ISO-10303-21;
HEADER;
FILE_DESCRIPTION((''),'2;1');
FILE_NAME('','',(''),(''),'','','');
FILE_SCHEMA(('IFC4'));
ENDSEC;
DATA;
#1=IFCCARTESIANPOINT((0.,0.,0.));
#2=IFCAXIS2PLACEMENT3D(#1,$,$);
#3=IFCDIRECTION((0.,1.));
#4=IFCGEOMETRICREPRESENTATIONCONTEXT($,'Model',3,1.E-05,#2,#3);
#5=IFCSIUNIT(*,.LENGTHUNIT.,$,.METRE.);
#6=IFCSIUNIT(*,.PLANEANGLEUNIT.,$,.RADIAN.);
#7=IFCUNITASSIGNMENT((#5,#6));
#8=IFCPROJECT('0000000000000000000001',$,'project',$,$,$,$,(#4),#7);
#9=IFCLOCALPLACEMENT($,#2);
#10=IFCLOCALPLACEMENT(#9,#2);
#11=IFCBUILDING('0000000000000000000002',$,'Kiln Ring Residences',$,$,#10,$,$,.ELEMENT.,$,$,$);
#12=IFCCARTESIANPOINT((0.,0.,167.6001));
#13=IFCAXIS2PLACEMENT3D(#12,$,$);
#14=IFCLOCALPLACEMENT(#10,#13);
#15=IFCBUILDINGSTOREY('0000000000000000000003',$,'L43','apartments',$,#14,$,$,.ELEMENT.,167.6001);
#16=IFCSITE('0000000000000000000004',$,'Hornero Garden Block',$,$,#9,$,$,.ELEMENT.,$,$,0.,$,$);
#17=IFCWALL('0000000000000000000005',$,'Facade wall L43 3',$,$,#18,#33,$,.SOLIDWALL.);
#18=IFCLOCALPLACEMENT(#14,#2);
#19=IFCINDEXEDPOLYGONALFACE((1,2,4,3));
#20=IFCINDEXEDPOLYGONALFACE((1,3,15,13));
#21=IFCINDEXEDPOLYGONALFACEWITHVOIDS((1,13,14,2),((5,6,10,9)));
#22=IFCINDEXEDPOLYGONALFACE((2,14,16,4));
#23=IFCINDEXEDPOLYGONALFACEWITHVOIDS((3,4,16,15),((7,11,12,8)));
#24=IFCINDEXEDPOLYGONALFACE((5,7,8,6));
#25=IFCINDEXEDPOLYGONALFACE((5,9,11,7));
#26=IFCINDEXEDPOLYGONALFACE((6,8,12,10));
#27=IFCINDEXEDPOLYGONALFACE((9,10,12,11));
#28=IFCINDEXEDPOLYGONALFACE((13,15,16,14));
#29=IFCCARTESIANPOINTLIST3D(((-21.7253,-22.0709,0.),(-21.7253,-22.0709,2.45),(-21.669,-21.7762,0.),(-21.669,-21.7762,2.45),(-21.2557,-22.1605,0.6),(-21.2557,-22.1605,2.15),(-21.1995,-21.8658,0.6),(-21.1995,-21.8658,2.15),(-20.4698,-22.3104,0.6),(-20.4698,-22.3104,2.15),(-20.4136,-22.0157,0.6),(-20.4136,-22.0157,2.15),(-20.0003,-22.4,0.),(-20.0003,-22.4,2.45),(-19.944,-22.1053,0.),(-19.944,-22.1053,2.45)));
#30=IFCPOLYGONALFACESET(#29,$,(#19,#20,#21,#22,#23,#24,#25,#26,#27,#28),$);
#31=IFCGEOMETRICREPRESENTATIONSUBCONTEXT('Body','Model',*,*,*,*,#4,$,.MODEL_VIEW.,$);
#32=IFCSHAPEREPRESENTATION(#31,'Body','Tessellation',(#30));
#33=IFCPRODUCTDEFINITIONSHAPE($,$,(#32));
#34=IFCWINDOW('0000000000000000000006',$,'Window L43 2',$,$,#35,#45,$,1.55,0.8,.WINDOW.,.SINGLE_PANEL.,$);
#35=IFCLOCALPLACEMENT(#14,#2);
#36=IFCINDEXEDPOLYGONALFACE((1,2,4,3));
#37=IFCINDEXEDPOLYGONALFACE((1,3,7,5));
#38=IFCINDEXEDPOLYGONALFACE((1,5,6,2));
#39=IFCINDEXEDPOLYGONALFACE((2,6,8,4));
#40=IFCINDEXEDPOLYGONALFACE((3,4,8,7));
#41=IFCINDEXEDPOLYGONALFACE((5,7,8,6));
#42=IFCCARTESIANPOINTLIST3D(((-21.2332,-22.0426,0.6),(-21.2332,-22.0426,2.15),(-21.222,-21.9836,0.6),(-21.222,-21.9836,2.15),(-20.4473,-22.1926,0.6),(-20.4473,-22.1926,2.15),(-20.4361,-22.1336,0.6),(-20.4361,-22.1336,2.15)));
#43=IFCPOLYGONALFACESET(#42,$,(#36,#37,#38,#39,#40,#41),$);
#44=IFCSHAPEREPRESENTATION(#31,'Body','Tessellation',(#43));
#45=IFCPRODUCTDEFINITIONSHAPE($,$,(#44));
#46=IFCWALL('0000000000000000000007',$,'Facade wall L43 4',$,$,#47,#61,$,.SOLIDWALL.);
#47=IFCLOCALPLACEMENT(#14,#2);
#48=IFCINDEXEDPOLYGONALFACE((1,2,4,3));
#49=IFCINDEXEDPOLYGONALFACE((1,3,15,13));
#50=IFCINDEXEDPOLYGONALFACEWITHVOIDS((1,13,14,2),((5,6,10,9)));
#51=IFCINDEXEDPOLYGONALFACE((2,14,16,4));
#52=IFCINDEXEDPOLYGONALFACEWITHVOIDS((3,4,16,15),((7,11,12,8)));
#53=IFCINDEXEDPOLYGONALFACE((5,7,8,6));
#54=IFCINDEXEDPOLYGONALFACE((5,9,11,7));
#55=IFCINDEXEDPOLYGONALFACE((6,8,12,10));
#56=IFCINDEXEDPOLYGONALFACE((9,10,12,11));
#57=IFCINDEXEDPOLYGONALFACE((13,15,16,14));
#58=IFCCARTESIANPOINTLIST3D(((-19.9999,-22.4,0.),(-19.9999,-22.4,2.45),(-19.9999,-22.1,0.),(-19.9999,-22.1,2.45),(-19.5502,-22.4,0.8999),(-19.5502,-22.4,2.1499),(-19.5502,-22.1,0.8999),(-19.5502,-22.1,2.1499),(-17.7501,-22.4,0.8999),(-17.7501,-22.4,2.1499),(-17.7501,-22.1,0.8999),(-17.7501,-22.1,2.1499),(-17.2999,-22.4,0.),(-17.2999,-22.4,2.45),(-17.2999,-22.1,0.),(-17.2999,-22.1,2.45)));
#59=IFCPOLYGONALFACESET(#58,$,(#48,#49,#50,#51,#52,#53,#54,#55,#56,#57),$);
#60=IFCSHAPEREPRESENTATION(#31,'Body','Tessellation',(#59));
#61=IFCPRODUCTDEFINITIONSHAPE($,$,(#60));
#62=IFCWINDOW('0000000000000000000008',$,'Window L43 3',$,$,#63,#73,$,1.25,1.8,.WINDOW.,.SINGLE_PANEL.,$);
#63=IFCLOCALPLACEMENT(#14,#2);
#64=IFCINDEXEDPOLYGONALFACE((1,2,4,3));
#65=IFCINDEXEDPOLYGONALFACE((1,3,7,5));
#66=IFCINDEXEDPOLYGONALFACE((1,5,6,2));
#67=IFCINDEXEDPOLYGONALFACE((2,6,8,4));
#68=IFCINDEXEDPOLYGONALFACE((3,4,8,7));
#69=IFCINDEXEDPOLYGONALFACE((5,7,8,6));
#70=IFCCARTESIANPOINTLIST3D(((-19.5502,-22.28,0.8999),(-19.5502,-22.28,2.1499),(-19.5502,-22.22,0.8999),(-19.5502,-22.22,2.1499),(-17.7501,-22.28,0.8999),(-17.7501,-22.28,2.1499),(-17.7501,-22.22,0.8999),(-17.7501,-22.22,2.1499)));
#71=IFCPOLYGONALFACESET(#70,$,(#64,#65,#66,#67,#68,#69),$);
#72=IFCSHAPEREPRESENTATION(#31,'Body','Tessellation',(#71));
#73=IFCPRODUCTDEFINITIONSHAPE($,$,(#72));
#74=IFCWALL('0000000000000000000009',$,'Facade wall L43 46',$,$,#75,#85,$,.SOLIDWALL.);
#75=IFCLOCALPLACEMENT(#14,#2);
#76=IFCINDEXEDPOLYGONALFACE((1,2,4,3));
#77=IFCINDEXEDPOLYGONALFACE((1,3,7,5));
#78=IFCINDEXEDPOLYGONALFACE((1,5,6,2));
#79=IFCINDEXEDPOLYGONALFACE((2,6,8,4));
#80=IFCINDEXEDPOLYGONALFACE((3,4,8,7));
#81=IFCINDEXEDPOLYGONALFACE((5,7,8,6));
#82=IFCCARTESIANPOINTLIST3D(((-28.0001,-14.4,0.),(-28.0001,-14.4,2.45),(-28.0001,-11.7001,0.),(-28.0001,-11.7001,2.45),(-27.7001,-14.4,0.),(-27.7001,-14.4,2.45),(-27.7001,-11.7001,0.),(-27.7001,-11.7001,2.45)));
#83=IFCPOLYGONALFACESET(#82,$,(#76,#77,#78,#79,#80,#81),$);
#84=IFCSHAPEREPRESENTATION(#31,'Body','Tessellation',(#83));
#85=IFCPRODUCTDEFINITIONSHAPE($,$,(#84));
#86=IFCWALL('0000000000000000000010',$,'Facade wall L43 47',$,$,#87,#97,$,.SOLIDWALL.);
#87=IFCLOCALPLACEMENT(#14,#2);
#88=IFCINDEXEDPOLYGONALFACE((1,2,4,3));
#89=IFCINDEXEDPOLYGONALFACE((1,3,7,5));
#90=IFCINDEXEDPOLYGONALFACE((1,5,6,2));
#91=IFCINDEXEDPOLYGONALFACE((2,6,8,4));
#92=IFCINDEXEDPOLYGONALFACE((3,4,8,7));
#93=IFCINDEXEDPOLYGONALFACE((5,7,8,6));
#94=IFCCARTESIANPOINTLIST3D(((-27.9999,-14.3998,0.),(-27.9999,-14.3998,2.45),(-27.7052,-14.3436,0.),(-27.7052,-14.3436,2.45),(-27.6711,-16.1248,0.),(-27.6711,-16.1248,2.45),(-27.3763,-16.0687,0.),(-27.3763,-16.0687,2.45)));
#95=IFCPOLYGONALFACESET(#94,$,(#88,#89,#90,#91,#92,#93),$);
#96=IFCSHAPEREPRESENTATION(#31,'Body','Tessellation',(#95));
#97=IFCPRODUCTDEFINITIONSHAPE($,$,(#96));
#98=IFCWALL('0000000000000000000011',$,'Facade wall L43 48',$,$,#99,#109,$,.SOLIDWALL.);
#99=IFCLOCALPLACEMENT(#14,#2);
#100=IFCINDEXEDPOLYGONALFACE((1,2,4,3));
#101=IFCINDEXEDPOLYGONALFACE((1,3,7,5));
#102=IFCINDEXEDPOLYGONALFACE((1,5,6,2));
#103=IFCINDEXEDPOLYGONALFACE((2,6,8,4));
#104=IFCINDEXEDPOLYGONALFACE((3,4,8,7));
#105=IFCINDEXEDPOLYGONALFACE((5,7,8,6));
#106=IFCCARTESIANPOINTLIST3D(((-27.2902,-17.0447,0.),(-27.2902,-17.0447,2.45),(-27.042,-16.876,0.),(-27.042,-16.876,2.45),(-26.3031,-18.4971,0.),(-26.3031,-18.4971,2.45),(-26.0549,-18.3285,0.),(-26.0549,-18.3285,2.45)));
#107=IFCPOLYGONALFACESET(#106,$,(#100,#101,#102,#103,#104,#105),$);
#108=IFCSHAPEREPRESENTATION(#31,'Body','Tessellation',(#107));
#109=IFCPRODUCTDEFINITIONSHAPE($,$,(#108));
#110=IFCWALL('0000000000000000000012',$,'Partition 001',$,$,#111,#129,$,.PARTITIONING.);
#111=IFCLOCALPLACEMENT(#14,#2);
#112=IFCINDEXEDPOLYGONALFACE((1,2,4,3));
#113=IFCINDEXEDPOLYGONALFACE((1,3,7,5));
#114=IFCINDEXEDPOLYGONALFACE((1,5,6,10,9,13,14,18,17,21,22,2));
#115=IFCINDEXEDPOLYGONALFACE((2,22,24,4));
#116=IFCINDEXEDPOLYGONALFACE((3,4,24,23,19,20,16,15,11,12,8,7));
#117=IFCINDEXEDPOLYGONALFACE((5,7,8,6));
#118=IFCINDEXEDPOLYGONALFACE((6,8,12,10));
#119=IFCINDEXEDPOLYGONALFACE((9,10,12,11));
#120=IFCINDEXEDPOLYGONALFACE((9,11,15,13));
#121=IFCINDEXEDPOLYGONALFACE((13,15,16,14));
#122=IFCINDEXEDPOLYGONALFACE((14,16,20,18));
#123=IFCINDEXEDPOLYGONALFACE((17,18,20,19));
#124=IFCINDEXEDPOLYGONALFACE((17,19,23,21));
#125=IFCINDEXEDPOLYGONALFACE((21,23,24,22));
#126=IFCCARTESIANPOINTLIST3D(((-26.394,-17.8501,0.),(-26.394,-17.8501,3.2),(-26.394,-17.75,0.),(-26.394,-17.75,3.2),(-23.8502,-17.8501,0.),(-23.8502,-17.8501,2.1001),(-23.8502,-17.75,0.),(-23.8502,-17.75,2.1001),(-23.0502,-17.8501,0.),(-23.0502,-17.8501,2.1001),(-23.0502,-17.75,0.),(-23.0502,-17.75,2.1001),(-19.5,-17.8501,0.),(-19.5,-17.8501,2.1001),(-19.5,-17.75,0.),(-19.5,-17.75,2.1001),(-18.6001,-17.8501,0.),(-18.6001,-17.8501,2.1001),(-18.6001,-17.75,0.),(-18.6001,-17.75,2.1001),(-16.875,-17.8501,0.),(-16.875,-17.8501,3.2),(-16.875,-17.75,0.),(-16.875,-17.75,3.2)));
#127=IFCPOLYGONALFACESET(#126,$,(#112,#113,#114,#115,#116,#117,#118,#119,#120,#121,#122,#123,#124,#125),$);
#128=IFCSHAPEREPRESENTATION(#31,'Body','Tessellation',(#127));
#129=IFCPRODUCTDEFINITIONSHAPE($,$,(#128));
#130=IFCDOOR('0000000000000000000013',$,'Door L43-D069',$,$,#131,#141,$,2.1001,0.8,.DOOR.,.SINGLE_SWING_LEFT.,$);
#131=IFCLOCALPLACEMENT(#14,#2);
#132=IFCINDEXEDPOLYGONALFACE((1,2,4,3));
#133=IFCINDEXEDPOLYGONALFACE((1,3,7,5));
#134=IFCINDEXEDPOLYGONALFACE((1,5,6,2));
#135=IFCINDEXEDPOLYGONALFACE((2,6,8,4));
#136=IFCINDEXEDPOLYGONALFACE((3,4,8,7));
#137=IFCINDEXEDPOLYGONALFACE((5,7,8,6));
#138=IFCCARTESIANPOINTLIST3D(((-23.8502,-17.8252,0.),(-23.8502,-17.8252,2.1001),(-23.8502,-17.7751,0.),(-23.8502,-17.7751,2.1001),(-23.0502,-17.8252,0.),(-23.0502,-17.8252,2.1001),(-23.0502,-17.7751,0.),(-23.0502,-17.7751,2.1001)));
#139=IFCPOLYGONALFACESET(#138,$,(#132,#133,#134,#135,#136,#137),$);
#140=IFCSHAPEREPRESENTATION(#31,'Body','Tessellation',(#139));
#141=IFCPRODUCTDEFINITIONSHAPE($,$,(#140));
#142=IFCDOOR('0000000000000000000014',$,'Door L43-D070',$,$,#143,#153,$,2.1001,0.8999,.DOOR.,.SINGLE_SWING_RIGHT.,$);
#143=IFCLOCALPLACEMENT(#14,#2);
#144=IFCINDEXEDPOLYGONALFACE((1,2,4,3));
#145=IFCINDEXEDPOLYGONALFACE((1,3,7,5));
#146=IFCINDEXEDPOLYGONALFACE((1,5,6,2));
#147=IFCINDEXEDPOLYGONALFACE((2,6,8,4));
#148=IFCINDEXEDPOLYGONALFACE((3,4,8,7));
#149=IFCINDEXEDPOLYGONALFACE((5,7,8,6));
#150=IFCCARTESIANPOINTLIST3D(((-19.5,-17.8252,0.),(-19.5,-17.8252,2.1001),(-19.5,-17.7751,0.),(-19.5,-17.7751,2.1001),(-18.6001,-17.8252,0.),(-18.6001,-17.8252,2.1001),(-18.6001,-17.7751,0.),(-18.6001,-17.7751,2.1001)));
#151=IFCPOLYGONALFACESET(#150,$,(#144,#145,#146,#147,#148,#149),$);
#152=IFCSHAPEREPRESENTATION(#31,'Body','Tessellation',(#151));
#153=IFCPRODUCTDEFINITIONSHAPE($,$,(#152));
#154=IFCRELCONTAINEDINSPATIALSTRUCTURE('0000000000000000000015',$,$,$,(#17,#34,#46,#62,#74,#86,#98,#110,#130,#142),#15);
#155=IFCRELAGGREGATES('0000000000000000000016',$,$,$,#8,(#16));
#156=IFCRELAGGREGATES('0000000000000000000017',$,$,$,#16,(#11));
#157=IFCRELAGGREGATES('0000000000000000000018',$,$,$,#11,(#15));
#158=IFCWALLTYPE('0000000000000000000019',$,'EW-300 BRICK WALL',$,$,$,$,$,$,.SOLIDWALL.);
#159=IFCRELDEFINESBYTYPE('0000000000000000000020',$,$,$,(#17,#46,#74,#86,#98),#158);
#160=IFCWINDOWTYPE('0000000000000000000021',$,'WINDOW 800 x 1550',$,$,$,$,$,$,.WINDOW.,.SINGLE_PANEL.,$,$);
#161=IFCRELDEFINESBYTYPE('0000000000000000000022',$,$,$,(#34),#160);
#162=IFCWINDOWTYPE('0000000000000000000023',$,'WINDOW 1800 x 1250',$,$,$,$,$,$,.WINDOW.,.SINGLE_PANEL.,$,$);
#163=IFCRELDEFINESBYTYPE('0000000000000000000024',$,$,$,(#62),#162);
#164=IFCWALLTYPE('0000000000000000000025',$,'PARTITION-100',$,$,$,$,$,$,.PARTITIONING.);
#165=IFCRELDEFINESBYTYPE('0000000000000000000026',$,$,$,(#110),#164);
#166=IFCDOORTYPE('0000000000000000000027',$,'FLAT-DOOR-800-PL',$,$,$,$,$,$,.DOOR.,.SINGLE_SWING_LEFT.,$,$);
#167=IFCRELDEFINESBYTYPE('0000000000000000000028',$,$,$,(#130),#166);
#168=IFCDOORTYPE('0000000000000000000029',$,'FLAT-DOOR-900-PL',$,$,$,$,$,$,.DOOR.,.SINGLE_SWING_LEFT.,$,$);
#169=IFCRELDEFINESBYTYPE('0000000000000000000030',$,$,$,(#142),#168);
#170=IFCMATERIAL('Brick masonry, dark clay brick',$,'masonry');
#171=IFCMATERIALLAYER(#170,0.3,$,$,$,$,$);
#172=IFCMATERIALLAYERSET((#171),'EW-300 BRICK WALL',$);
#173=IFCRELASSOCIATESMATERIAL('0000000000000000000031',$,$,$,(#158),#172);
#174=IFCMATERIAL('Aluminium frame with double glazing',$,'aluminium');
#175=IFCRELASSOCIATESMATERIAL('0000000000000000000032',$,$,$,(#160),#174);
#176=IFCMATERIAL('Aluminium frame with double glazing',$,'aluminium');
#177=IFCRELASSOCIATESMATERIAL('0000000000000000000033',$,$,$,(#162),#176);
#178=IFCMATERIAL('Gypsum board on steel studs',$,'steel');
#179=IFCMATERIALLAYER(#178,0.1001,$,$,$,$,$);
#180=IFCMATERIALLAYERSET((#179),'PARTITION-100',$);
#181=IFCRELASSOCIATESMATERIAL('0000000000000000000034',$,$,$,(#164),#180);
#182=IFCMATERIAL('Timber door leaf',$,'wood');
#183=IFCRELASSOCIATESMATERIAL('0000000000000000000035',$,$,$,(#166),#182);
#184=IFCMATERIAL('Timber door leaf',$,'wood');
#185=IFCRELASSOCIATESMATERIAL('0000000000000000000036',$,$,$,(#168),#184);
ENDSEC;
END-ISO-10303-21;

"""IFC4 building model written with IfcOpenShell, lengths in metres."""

from ifc_helpers import new_model, si_unit, direction, frame, frame_2d, origin, place, context, subcontext, project, spatial, rectangle, extrude, material, layer, layer_set, type_object, element, fill, save


model = new_model("IFC4")

# Units and contexts
model_context = context("Model", 3, precision=1e-05, world=origin(), true_north=direction((0.0, 1.0)))
body_context = subcontext(model_context, "Body", "Model", "MODEL_VIEW")
ifc_project = project(units=[si_unit("LENGTHUNIT", "METRE"), si_unit("PLANEANGLEUNIT", "RADIAN")], contexts=[model_context])

# Site, building, storey
site_placement = place(None, origin())
site = spatial("IfcSite", under=ifc_project, at=site_placement, Name="Hornero Garden Block", CompositionType="ELEMENT", RefElevation=0.0)
building_placement = place(site_placement, origin())
building = spatial("IfcBuilding", under=site, at=building_placement, Name="Kiln Ring Residences", CompositionType="ELEMENT")
storey_placement = place(building_placement, frame((0.0, 0.0, 167.6001)))
storey = spatial("IfcBuildingStorey", under=building, at=storey_placement, Name="L43", Description="apartments", CompositionType="ELEMENT", Elevation=167.6001)

# Shared definitions
ifc_material_1 = material(Name="Brick masonry, dark clay brick", Category="masonry")
ifc_layer_1 = layer(ifc_material_1, 0.3)
ifc_layer_set_1 = layer_set([ifc_layer_1], Name="EW-300 BRICK WALL")
wall_type_1 = type_object("IfcWallType", Name="EW-300 BRICK WALL", PredefinedType="SOLIDWALL", material=ifc_layer_set_1)

# Walls, openings, windows
wall_1_placement = place(storey_placement, frame((-21.697, -21.9236, 0.0), z_axis=(0.0, 0.0, 1.0), x_axis=(0.982285, -0.187393, 0.0)))
wall_1 = element("IfcWall", 1, at=wall_1_placement, inside=storey, type_object=wall_type_1, Name="Facade wall L43 3", PredefinedType="SOLIDWALL", context=body_context, shape_type="SweptSolid", body=[
    extrude(rectangle(XDim=1.7561, YDim=0.3, at=frame_2d((0.8779, 0.0))), origin(), (0.0, 0.0, 1.0), 2.45),
])
opening_1_placement = place(wall_1_placement, frame((0.478, 0.0, 0.6001)))
opening_1 = element("IfcOpeningElement", 2, at=opening_1_placement, cuts=wall_1, PredefinedType="OPENING", context=body_context, shape_type="SweptSolid", body=[
    extrude(rectangle(XDim=0.8, YDim=1.55, at=frame_2d((0.3999, 0.7749))), frame((0.0, 0.1599, 0.0), z_axis=(0.0, -1.0, 0.0), x_axis=(1.0, 0.0, 0.0)), (0.0, 0.0, 1.0), 0.3201),
])
ifc_material_2 = material(Name="Aluminium frame with double glazing", Category="aluminium")
window_type_1 = type_object("IfcWindowType", Name="WINDOW 800 x 1550", PartitioningType="SINGLE_PANEL", PredefinedType="WINDOW", material=ifc_material_2)
window_1_placement = place(opening_1_placement, origin())
window_1 = element("IfcWindow", 3, at=window_1_placement, inside=storey, type_object=window_type_1, Name="Window L43 2", OverallHeight=1.55, OverallWidth=0.8, PartitioningType="SINGLE_PANEL", PredefinedType="WINDOW", context=body_context, shape_type="SweptSolid", body=[
    extrude(rectangle(XDim=0.8, YDim=1.55, at=frame_2d((0.3999, 0.7749))), frame((0.0, 0.03, 0.0), z_axis=(0.0, -1.0, 0.0), x_axis=(1.0, 0.0, 0.0)), (0.0, 0.0, 1.0), 0.0601),
])
fill(opening_1, window_1)
wall_2_placement = place(storey_placement, frame((-20.0, -22.25, 0.0), z_axis=(0.0, 0.0, 1.0), x_axis=(1.0, 0.0, 0.0)))
wall_2 = element("IfcWall", 4, at=wall_2_placement, inside=storey, type_object=wall_type_1, Name="Facade wall L43 4", PredefinedType="SOLIDWALL", context=body_context, shape_type="SweptSolid", body=[
    extrude(rectangle(XDim=2.7, YDim=0.3, at=frame_2d((1.3501, 0.0))), origin(), (0.0, 0.0, 1.0), 2.45),
])
opening_2_placement = place(wall_2_placement, frame((0.45, 0.0, 0.8999)))
opening_2 = element("IfcOpeningElement", 5, at=opening_2_placement, cuts=wall_2, PredefinedType="OPENING", context=body_context, shape_type="SweptSolid", body=[
    extrude(rectangle(XDim=1.8, YDim=1.25, at=frame_2d((0.8999, 0.625))), frame((0.0, 0.1599, 0.0), z_axis=(0.0, -1.0, 0.0), x_axis=(1.0, 0.0, 0.0)), (0.0, 0.0, 1.0), 0.3201),
])
ifc_material_3 = material(Name="Aluminium frame with double glazing", Category="aluminium")
window_type_2 = type_object("IfcWindowType", Name="WINDOW 1800 x 1250", PartitioningType="SINGLE_PANEL", PredefinedType="WINDOW", material=ifc_material_3)
window_2_placement = place(opening_2_placement, origin())
window_2 = element("IfcWindow", 6, at=window_2_placement, inside=storey, type_object=window_type_2, Name="Window L43 3", OverallHeight=1.25, OverallWidth=1.8, PartitioningType="SINGLE_PANEL", PredefinedType="WINDOW", context=body_context, shape_type="SweptSolid", body=[
    extrude(rectangle(XDim=1.8, YDim=1.25, at=frame_2d((0.8999, 0.625))), frame((0.0, 0.03, 0.0), z_axis=(0.0, -1.0, 0.0), x_axis=(1.0, 0.0, 0.0)), (0.0, 0.0, 1.0), 0.0601),
])
fill(opening_2, window_2)

# Walls
wall_3_placement = place(storey_placement, frame((-27.8501, -11.7, 0.0), z_axis=(0.0, 0.0, 1.0), x_axis=(0.0, -1.0, 0.0)))
element("IfcWall", 7, at=wall_3_placement, inside=storey, type_object=wall_type_1, Name="Facade wall L43 46", PredefinedType="SOLIDWALL", context=body_context, shape_type="SweptSolid", body=[
    extrude(rectangle(XDim=2.7, YDim=0.3, at=frame_2d((1.3501, 0.0))), origin(), (0.0, 0.0, 1.0), 2.45),
])
for number, where, z_axis, x_axis, name in (
    (8, (-27.8525, -14.3718, 0.0), (0.0, 0.0, 1.0), (0.187259, -0.982311, 0.0), "Facade wall L43 47"),
    (9, (-27.166, -16.9604, 0.0), (0.0, 0.0, 1.0), (0.562089, -0.827076, 0.0), "Facade wall L43 48"),
):
    element("IfcWall", number, at=place(storey_placement, frame(where, z_axis=z_axis, x_axis=x_axis)), inside=storey, type_object=wall_type_1, Name=name, PredefinedType="SOLIDWALL", context=body_context, shape_type="SweptSolid", body=[
        extrude(rectangle(XDim=1.7561, YDim=0.3, at=frame_2d((0.8779, 0.0))), origin(), (0.0, 0.0, 1.0), 2.45),
    ])

# Wall, openings, doors
ifc_material_4 = material(Name="Gypsum board on steel studs", Category="steel")
ifc_layer_2 = layer(ifc_material_4, 0.1001)
ifc_layer_set_2 = layer_set([ifc_layer_2], Name="PARTITION-100")
wall_type_2 = type_object("IfcWallType", Name="PARTITION-100", PredefinedType="PARTITIONING", material=ifc_layer_set_2)
wall_4_placement = place(storey_placement, frame((-26.394, -17.8, 0.0), z_axis=(0.0, 0.0, 1.0), x_axis=(1.0, 0.0, 0.0)))
wall_4 = element("IfcWall", 10, at=wall_4_placement, inside=storey, type_object=wall_type_2, Name="Partition 001", PredefinedType="PARTITIONING", context=body_context, shape_type="SweptSolid", body=[
    extrude(rectangle(XDim=9.519, YDim=0.1001, at=frame_2d((4.7595, 0.0))), origin(), (0.0, 0.0, 1.0), 3.2),
])
opening_3_placement = place(wall_4_placement, frame((2.5439, 0.0, 0.0)))
opening_3 = element("IfcOpeningElement", 11, at=opening_3_placement, cuts=wall_4, PredefinedType="OPENING", context=body_context, shape_type="SweptSolid", body=[
    extrude(rectangle(XDim=0.8, YDim=2.1001, at=frame_2d((0.3999, 1.05))), frame((0.0, 0.0601, 0.0), z_axis=(0.0, -1.0, 0.0), x_axis=(1.0, 0.0, 0.0)), (0.0, 0.0, 1.0), 0.1201),
])
opening_4_placement = place(wall_4_placement, frame((6.894, 0.0, 0.0)))
opening_4 = element("IfcOpeningElement", 12, at=opening_4_placement, cuts=wall_4, PredefinedType="OPENING", context=body_context, shape_type="SweptSolid", body=[
    extrude(rectangle(XDim=0.8999, YDim=2.1001, at=frame_2d((0.45, 1.05))), frame((0.0, 0.0601, 0.0), z_axis=(0.0, -1.0, 0.0), x_axis=(1.0, 0.0, 0.0)), (0.0, 0.0, 1.0), 0.1201),
])
ifc_material_5 = material(Name="Timber door leaf", Category="wood")
door_type_1 = type_object("IfcDoorType", Name="FLAT-DOOR-800-PL", OperationType="SINGLE_SWING_LEFT", PredefinedType="DOOR", material=ifc_material_5)
door_1_placement = place(opening_3_placement, origin())
door_1 = element("IfcDoor", 13, at=door_1_placement, inside=storey, type_object=door_type_1, Name="Door L43-D069", OperationType="SINGLE_SWING_LEFT", OverallHeight=2.1001, OverallWidth=0.8, PredefinedType="DOOR", context=body_context, shape_type="SweptSolid", body=[
    extrude(rectangle(XDim=0.8, YDim=2.1001, at=frame_2d((0.3999, 1.05))), frame((0.0, 0.0249, 0.0), z_axis=(0.0, -1.0, 0.0), x_axis=(1.0, 0.0, 0.0)), (0.0, 0.0, 1.0), 0.05),
])
fill(opening_3, door_1)
ifc_material_6 = material(Name="Timber door leaf", Category="wood")
door_type_2 = type_object("IfcDoorType", Name="FLAT-DOOR-900-PL", OperationType="SINGLE_SWING_LEFT", PredefinedType="DOOR", material=ifc_material_6)
door_2_placement = place(opening_4_placement, origin())
door_2 = element("IfcDoor", 14, at=door_2_placement, inside=storey, type_object=door_type_2, Name="Door L43-D070", OperationType="SINGLE_SWING_RIGHT", OverallHeight=2.1001, OverallWidth=0.8999, PredefinedType="DOOR", context=body_context, shape_type="SweptSolid", body=[
    extrude(rectangle(XDim=0.8999, YDim=2.1001, at=frame_2d((0.45, 1.05))), frame((0.0, 0.0249, 0.0), z_axis=(0.0, -1.0, 0.0), x_axis=(1.0, 0.0, 0.0)), (0.0, 0.0, 1.0), 0.05),
])
fill(opening_4, door_2)

save(model, "model.ifc")
